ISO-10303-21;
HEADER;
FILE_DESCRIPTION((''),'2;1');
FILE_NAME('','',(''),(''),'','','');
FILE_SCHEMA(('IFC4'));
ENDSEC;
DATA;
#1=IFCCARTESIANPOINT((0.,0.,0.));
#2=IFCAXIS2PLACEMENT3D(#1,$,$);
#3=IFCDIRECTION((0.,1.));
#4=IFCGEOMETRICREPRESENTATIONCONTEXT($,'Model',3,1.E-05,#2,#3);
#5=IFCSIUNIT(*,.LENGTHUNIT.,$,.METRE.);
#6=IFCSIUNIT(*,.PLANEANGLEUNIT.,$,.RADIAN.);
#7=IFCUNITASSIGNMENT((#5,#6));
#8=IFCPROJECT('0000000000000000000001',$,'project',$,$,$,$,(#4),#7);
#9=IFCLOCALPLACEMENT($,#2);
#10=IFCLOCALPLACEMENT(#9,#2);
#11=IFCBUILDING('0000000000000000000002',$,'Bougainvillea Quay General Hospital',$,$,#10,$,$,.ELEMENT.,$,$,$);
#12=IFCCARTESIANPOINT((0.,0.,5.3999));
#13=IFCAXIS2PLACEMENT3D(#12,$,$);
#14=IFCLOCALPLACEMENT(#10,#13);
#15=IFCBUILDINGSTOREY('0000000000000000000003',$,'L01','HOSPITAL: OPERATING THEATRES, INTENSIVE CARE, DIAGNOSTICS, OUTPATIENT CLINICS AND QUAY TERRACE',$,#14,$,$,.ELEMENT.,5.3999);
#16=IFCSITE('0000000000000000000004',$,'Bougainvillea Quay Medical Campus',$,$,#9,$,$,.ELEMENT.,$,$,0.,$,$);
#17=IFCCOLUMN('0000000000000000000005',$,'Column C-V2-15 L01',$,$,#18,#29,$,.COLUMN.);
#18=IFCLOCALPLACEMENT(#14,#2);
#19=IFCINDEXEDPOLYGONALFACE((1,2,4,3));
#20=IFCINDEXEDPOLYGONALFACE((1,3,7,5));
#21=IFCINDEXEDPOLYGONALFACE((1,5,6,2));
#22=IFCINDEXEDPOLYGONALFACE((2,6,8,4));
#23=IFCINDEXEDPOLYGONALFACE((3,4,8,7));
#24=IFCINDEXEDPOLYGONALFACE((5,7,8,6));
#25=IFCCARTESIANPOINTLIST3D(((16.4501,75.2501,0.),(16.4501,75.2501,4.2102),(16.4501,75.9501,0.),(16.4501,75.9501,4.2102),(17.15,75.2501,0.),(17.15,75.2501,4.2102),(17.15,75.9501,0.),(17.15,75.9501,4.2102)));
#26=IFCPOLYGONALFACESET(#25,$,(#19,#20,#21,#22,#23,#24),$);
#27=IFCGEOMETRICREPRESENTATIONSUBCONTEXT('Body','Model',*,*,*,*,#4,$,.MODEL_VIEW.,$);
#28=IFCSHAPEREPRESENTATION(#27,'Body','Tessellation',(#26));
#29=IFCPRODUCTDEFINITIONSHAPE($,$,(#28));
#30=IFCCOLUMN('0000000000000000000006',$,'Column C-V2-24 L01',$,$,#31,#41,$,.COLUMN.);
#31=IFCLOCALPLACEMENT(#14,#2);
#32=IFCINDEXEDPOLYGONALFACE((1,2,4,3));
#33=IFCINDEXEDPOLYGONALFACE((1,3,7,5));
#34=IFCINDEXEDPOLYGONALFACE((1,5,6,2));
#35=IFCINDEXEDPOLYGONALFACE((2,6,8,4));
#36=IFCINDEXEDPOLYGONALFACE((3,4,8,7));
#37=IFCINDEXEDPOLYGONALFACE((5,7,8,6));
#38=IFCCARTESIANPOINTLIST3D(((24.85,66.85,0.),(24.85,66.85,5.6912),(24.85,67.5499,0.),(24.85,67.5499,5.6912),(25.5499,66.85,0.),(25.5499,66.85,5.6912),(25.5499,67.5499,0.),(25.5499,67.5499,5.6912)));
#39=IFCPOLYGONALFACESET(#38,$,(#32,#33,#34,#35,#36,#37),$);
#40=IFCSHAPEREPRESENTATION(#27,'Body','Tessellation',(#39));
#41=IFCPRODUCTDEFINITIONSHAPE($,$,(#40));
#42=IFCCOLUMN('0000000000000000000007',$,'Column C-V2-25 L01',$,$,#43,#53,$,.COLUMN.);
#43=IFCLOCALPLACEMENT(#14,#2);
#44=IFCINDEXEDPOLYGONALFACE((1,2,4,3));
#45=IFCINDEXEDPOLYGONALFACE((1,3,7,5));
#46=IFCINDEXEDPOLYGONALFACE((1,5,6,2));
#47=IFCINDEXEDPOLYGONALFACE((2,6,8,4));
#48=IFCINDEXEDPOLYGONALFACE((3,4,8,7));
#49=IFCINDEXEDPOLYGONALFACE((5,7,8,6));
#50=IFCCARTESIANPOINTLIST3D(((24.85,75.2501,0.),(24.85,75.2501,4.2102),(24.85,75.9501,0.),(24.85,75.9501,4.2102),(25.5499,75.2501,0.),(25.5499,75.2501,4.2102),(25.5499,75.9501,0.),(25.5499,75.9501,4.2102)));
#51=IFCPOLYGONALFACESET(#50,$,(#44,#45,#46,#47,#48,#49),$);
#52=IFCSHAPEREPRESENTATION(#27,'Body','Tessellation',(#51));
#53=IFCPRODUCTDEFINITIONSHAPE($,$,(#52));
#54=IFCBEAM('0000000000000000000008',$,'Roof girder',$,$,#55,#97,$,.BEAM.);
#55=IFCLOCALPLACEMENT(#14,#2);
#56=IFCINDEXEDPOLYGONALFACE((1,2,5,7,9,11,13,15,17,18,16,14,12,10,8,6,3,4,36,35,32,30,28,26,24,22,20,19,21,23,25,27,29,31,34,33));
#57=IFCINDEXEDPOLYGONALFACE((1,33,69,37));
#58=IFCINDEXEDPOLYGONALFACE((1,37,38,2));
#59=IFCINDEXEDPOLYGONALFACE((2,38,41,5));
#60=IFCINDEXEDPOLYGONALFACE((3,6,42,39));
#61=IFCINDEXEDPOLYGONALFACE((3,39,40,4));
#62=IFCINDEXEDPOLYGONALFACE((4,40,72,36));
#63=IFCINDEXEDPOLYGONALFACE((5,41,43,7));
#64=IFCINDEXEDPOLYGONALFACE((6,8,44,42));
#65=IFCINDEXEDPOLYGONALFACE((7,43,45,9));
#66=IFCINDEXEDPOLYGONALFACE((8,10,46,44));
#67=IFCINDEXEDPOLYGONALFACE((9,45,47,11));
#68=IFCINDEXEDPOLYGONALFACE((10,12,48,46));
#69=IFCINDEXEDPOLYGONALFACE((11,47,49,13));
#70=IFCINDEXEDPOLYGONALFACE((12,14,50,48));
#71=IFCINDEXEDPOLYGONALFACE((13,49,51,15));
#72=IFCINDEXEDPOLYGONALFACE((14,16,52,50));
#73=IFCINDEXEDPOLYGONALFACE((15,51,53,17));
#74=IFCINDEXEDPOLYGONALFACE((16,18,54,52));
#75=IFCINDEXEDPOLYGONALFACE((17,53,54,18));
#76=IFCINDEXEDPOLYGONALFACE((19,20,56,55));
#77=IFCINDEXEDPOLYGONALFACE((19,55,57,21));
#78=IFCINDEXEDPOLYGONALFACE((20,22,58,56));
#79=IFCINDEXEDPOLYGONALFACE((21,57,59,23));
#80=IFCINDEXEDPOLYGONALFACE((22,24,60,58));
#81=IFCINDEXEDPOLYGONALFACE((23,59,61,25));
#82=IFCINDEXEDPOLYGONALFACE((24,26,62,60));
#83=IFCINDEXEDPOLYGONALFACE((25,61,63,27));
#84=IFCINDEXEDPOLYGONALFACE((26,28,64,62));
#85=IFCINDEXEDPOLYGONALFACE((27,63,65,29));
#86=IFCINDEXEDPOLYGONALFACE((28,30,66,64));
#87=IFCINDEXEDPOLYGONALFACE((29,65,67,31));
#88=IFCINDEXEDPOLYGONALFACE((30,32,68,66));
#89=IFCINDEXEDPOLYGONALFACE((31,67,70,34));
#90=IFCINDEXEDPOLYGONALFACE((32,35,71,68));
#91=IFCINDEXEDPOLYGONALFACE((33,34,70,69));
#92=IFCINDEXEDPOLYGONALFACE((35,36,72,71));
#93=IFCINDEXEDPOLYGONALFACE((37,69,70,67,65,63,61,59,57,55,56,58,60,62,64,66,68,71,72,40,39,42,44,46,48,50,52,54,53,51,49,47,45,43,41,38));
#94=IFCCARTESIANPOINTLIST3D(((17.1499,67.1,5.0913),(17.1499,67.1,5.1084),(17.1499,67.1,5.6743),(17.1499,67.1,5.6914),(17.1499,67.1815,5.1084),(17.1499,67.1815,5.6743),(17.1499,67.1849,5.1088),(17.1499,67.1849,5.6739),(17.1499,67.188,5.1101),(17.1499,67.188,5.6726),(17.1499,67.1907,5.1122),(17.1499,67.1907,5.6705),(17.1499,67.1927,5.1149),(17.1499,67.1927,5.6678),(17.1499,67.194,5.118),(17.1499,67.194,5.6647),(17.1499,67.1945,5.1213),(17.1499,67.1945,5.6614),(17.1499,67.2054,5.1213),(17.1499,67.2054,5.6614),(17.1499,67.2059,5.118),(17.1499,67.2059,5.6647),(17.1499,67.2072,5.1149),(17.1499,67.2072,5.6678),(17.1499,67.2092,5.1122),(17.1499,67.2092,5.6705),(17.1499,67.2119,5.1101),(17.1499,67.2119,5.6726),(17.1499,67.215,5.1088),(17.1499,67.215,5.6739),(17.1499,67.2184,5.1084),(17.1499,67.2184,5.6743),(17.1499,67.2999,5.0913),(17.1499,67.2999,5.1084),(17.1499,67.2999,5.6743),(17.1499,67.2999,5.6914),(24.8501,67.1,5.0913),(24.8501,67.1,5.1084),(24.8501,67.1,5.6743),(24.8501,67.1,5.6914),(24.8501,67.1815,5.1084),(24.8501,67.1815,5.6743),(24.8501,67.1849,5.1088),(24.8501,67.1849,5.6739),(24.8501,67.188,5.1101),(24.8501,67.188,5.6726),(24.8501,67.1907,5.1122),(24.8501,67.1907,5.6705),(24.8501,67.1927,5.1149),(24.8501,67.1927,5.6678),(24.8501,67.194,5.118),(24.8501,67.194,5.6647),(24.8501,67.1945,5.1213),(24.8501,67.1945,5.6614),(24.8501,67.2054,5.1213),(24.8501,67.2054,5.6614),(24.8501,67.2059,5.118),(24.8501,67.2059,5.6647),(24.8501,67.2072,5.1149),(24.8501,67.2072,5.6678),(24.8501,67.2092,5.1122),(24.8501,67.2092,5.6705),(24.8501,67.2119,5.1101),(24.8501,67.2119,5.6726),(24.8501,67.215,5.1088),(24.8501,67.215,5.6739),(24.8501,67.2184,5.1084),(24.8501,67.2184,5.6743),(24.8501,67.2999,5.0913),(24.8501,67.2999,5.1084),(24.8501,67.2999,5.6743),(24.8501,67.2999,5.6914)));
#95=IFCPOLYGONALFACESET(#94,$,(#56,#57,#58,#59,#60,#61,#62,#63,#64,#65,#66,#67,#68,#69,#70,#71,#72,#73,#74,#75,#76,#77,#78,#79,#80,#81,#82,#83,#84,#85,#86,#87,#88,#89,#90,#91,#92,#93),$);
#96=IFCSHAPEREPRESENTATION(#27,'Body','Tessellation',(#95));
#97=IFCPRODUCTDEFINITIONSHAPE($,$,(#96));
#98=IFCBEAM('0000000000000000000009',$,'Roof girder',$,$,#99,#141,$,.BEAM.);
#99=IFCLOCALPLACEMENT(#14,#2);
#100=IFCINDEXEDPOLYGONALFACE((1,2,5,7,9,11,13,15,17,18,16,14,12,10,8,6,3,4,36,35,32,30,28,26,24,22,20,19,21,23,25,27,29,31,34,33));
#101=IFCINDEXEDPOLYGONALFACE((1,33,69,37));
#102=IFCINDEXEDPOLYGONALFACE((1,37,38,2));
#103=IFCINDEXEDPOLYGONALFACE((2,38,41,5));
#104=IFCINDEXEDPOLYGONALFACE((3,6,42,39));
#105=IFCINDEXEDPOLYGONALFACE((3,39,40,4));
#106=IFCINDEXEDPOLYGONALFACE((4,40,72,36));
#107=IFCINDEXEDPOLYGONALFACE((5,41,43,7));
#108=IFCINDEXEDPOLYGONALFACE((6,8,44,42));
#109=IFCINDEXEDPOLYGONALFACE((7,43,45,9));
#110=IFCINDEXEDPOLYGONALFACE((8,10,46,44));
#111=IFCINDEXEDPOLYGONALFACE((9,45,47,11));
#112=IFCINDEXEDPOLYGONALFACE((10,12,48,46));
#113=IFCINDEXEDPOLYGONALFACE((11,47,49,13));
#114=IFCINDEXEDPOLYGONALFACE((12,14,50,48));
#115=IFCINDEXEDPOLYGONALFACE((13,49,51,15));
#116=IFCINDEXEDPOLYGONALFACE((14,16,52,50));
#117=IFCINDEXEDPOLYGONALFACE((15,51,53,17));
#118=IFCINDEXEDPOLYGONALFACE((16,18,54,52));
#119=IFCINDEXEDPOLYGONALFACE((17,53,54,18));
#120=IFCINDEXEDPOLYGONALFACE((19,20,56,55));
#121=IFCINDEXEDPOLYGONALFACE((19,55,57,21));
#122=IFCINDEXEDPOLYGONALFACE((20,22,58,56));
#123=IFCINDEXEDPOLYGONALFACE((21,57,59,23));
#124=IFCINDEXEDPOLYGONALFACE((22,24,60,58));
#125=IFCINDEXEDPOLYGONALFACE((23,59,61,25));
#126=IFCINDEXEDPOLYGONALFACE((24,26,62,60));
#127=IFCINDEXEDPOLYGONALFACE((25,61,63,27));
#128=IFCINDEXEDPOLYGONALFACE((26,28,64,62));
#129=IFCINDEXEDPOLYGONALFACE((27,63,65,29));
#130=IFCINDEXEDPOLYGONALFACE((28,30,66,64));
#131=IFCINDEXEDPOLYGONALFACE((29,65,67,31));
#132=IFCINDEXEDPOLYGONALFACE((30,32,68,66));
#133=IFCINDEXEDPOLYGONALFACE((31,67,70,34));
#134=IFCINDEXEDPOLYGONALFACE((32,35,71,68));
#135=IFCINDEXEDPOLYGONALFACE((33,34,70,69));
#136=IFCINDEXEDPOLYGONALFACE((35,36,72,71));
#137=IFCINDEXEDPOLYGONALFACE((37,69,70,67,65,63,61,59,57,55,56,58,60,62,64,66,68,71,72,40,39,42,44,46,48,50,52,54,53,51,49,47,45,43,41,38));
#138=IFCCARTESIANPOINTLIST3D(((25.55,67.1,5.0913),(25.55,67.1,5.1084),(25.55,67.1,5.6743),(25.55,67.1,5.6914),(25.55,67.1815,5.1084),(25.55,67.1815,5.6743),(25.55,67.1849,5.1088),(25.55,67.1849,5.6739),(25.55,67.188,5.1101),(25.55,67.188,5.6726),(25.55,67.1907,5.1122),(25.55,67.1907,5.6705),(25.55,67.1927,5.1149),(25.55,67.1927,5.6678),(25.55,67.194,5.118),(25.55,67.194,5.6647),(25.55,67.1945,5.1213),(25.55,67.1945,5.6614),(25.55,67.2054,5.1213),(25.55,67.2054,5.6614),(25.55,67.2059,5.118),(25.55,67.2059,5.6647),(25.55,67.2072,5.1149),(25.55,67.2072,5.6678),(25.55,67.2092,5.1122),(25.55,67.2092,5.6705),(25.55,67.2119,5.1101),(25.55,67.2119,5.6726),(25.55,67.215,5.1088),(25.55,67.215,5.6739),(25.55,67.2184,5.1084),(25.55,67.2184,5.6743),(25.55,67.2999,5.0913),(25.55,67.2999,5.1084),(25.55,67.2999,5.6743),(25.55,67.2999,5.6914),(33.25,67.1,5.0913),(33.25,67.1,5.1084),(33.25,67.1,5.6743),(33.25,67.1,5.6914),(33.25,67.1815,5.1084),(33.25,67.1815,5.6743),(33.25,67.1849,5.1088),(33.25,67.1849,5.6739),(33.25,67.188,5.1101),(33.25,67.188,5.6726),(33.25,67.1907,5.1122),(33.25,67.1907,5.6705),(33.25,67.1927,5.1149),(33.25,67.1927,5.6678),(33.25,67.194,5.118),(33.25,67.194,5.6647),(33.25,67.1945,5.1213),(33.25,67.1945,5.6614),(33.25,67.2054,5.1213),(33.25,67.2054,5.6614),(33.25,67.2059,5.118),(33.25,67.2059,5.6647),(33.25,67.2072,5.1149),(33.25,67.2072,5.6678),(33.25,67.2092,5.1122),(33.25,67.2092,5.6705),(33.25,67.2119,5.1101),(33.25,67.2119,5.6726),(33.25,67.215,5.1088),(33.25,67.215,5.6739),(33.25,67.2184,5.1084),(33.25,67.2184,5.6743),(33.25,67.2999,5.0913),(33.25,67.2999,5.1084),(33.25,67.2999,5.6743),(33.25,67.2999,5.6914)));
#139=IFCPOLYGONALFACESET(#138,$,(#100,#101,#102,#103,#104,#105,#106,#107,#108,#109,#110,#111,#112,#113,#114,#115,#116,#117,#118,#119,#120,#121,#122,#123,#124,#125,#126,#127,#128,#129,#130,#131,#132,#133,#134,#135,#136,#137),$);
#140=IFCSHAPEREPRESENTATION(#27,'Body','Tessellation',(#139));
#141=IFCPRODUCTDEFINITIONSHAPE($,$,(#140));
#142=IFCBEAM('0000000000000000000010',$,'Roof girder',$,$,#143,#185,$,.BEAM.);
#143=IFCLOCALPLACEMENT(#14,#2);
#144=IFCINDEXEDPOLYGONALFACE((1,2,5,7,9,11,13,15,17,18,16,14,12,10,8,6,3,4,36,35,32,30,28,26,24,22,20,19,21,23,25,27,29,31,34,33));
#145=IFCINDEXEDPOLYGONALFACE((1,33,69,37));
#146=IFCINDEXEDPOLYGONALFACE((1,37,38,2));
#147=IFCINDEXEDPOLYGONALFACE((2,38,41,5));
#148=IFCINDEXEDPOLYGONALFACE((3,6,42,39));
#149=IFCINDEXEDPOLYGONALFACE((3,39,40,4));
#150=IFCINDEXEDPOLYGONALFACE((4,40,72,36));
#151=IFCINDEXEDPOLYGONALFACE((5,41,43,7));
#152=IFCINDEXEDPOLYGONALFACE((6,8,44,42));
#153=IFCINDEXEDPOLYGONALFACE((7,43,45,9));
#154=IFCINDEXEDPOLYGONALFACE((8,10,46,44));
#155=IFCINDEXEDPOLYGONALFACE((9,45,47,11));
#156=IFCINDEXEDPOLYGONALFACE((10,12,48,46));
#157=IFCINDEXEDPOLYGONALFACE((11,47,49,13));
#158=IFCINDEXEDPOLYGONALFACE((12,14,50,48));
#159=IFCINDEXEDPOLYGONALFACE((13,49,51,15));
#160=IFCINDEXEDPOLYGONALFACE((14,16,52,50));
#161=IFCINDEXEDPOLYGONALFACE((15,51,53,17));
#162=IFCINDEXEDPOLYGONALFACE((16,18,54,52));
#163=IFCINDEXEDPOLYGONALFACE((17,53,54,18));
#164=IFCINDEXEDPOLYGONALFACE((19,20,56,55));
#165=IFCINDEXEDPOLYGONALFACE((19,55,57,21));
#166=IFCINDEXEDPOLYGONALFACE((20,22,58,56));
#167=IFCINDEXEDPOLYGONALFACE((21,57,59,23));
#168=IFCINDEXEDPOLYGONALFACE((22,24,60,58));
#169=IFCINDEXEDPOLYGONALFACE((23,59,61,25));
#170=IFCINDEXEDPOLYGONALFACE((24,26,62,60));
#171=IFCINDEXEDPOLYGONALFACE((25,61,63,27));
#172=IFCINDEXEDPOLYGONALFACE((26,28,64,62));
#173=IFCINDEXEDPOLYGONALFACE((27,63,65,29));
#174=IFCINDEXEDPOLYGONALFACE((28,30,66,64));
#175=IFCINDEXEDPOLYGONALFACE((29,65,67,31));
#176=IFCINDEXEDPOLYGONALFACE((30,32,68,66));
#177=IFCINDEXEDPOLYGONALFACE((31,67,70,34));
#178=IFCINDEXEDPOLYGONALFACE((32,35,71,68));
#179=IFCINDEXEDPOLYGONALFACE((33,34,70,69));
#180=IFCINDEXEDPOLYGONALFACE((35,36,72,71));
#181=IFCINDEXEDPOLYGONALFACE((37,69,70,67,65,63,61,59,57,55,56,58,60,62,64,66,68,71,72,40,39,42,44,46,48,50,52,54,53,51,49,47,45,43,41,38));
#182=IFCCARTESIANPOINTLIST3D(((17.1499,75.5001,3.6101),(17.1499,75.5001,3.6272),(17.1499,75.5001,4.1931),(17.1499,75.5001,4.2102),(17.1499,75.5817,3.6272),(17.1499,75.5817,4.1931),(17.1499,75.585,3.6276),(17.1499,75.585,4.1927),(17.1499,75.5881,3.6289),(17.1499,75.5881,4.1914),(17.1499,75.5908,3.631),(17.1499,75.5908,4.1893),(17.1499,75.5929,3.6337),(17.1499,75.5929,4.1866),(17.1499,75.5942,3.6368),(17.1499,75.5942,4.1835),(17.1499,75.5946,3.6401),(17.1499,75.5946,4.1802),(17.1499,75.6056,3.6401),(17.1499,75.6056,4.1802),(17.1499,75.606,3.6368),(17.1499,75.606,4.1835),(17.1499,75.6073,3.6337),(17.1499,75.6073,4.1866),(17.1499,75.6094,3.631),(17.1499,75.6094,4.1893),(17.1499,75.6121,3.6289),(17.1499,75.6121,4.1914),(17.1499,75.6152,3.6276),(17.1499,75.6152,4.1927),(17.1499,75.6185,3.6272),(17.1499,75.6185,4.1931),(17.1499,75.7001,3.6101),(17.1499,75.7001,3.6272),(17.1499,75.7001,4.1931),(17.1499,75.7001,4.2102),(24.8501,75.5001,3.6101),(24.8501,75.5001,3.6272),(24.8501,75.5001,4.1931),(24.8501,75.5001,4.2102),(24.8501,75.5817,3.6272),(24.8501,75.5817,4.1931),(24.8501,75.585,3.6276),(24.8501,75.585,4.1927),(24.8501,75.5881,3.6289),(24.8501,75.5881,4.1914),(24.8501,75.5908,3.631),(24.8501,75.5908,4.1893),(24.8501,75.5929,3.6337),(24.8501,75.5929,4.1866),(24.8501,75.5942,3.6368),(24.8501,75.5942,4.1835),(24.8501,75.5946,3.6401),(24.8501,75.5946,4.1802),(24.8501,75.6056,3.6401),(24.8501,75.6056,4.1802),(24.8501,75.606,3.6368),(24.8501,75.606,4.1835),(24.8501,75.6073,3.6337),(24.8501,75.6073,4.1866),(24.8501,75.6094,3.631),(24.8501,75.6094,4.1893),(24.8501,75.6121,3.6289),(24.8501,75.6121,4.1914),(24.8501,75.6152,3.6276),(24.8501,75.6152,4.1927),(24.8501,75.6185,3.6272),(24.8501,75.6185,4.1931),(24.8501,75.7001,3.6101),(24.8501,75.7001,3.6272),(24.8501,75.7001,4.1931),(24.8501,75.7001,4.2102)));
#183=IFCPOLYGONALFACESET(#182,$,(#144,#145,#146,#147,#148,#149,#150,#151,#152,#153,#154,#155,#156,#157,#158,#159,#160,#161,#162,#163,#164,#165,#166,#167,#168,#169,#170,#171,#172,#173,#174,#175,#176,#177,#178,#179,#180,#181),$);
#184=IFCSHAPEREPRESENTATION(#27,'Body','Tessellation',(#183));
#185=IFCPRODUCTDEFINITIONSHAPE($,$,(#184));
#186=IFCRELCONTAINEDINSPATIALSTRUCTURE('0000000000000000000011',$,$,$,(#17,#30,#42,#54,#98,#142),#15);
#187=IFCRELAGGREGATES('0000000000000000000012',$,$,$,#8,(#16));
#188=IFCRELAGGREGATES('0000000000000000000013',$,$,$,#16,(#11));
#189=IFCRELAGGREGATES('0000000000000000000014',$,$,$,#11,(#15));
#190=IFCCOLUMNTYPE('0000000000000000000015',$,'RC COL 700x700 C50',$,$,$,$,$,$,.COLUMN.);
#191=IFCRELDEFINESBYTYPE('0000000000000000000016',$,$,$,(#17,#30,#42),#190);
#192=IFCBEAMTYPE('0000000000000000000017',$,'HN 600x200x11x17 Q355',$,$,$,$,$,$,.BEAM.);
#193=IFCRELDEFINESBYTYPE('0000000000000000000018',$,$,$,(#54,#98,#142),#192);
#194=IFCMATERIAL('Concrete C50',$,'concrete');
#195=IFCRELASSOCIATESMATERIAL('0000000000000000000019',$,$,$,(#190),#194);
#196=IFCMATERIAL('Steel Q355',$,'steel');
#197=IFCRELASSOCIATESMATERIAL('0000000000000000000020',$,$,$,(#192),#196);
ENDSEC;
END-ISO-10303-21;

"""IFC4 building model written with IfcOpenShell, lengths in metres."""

from ifc_helpers import new_model, si_unit, direction, frame, origin, origin_2d, place, context, subcontext, project, spatial, rectangle, i_section, extrude, material, material_profile, profile_set, type_object, element, save


model = new_model("IFC4")

# Units and contexts
model_context = context("Model", 3, precision=1e-05, world=origin(), true_north=direction((0.0, 1.0)))
body_context = subcontext(model_context, "Body", "Model", "MODEL_VIEW")
ifc_project = project(units=[si_unit("LENGTHUNIT", "METRE"), si_unit("PLANEANGLEUNIT", "RADIAN")], contexts=[model_context])

# Site, building, storey
site_placement = place(None, origin())
site = spatial("IfcSite", under=ifc_project, at=site_placement, Name="Bougainvillea Quay Medical Campus", CompositionType="ELEMENT", RefElevation=0.0)
building_placement = place(site_placement, origin())
building = spatial("IfcBuilding", under=site, at=building_placement, Name="Bougainvillea Quay General Hospital", CompositionType="ELEMENT")
storey_placement = place(building_placement, frame((0.0, 0.0, 5.3999)))
storey = spatial("IfcBuildingStorey", under=building, at=storey_placement, Name="L01", Description="HOSPITAL: OPERATING THEATRES, INTENSIVE CARE, DIAGNOSTICS, OUTPATIENT CLINICS AND QUAY TERRACE", CompositionType="ELEMENT", Elevation=5.3999)

# Columns
ifc_material_1 = material(Name="Concrete C50", Category="concrete")
ifc_material_profile_1 = material_profile(ifc_material_1, rectangle(XDim=0.7, YDim=0.7, at=origin_2d()))
ifc_profile_set_1 = profile_set([ifc_material_profile_1], Name="Concrete C50")
column_type = type_object("IfcColumnType", Name="RC COL 700x700 C50", PredefinedType="COLUMN", material=ifc_profile_set_1)
column_1_placement = place(storey_placement, frame((16.8, 75.6001, 0.0), z_axis=(0.0, 0.0, 1.0), x_axis=(1.0, 0.0, 0.0)))
element("IfcColumn", 1, at=column_1_placement, inside=storey, type_object=column_type, Name="Column C-V2-15 L01", PredefinedType="COLUMN", context=body_context, shape_type="SweptSolid", body=[
    extrude(rectangle(XDim=0.7, YDim=0.7, at=origin_2d()), origin(), (0.0, 0.0, 1.0), 4.2102),
])
column_2_placement = place(storey_placement, frame((25.2, 67.2, 0.0), z_axis=(0.0, 0.0, 1.0), x_axis=(1.0, 0.0, 0.0)))
element("IfcColumn", 2, at=column_2_placement, inside=storey, type_object=column_type, Name="Column C-V2-24 L01", PredefinedType="COLUMN", context=body_context, shape_type="SweptSolid", body=[
    extrude(rectangle(XDim=0.7, YDim=0.7, at=origin_2d()), origin(), (0.0, 0.0, 1.0), 5.6912),
])
column_3_placement = place(storey_placement, frame((25.2, 75.6001, 0.0), z_axis=(0.0, 0.0, 1.0), x_axis=(1.0, 0.0, 0.0)))
element("IfcColumn", 3, at=column_3_placement, inside=storey, type_object=column_type, Name="Column C-V2-25 L01", PredefinedType="COLUMN", context=body_context, shape_type="SweptSolid", body=[
    extrude(rectangle(XDim=0.7, YDim=0.7, at=origin_2d()), origin(), (0.0, 0.0, 1.0), 4.2102),
])

# Beams
ifc_material_2 = material(Name="Steel Q355", Category="steel")
ifc_material_profile_2 = material_profile(ifc_material_2, i_section(OverallWidth=0.2, OverallDepth=0.6001, WebThickness=0.011, FlangeThickness=0.0171, FilletRadius=0.0129, at=origin_2d()))
ifc_profile_set_2 = profile_set([ifc_material_profile_2], Name="Steel Q355")
beam_type_1 = type_object("IfcBeamType", Name="HN 600x200x11x17 Q355", PredefinedType="BEAM", material=ifc_profile_set_2)
beam_1_placement = place(storey_placement, frame((17.1499, 67.2, 5.3914), z_axis=(1.0, 0.0, 0.0), x_axis=(0.0, 1.0, 0.0)))
element("IfcBeam", 4, at=beam_1_placement, inside=storey, type_object=beam_type_1, Name="Roof girder", PredefinedType="BEAM", context=body_context, shape_type="SweptSolid", body=[
    extrude(i_section(OverallWidth=0.2, OverallDepth=0.6001, WebThickness=0.011, FlangeThickness=0.0171, FilletRadius=0.0129, at=origin_2d()), origin(), (0.0, 0.0, 1.0), 7.7002),
])
beam_2_placement = place(storey_placement, frame((25.55, 67.2, 5.3914), z_axis=(1.0, 0.0, 0.0), x_axis=(0.0, 1.0, 0.0)))
element("IfcBeam", 5, at=beam_2_placement, inside=storey, type_object=beam_type_1, Name="Roof girder", PredefinedType="BEAM", context=body_context, shape_type="SweptSolid", body=[
    extrude(i_section(OverallWidth=0.2, OverallDepth=0.6001, WebThickness=0.011, FlangeThickness=0.0171, FilletRadius=0.0129, at=origin_2d()), origin(), (0.0, 0.0, 1.0), 7.7),
])
beam_3_placement = place(storey_placement, frame((17.1499, 75.6001, 3.9102), z_axis=(1.0, 0.0, 0.0), x_axis=(0.0, 1.0, 0.0)))
element("IfcBeam", 6, at=beam_3_placement, inside=storey, type_object=beam_type_1, Name="Roof girder", PredefinedType="BEAM", context=body_context, shape_type="SweptSolid", body=[
    extrude(i_section(OverallWidth=0.2, OverallDepth=0.6001, WebThickness=0.011, FlangeThickness=0.0171, FilletRadius=0.0129, at=origin_2d()), origin(), (0.0, 0.0, 1.0), 7.7002),
])

save(model, "model.ifc")
